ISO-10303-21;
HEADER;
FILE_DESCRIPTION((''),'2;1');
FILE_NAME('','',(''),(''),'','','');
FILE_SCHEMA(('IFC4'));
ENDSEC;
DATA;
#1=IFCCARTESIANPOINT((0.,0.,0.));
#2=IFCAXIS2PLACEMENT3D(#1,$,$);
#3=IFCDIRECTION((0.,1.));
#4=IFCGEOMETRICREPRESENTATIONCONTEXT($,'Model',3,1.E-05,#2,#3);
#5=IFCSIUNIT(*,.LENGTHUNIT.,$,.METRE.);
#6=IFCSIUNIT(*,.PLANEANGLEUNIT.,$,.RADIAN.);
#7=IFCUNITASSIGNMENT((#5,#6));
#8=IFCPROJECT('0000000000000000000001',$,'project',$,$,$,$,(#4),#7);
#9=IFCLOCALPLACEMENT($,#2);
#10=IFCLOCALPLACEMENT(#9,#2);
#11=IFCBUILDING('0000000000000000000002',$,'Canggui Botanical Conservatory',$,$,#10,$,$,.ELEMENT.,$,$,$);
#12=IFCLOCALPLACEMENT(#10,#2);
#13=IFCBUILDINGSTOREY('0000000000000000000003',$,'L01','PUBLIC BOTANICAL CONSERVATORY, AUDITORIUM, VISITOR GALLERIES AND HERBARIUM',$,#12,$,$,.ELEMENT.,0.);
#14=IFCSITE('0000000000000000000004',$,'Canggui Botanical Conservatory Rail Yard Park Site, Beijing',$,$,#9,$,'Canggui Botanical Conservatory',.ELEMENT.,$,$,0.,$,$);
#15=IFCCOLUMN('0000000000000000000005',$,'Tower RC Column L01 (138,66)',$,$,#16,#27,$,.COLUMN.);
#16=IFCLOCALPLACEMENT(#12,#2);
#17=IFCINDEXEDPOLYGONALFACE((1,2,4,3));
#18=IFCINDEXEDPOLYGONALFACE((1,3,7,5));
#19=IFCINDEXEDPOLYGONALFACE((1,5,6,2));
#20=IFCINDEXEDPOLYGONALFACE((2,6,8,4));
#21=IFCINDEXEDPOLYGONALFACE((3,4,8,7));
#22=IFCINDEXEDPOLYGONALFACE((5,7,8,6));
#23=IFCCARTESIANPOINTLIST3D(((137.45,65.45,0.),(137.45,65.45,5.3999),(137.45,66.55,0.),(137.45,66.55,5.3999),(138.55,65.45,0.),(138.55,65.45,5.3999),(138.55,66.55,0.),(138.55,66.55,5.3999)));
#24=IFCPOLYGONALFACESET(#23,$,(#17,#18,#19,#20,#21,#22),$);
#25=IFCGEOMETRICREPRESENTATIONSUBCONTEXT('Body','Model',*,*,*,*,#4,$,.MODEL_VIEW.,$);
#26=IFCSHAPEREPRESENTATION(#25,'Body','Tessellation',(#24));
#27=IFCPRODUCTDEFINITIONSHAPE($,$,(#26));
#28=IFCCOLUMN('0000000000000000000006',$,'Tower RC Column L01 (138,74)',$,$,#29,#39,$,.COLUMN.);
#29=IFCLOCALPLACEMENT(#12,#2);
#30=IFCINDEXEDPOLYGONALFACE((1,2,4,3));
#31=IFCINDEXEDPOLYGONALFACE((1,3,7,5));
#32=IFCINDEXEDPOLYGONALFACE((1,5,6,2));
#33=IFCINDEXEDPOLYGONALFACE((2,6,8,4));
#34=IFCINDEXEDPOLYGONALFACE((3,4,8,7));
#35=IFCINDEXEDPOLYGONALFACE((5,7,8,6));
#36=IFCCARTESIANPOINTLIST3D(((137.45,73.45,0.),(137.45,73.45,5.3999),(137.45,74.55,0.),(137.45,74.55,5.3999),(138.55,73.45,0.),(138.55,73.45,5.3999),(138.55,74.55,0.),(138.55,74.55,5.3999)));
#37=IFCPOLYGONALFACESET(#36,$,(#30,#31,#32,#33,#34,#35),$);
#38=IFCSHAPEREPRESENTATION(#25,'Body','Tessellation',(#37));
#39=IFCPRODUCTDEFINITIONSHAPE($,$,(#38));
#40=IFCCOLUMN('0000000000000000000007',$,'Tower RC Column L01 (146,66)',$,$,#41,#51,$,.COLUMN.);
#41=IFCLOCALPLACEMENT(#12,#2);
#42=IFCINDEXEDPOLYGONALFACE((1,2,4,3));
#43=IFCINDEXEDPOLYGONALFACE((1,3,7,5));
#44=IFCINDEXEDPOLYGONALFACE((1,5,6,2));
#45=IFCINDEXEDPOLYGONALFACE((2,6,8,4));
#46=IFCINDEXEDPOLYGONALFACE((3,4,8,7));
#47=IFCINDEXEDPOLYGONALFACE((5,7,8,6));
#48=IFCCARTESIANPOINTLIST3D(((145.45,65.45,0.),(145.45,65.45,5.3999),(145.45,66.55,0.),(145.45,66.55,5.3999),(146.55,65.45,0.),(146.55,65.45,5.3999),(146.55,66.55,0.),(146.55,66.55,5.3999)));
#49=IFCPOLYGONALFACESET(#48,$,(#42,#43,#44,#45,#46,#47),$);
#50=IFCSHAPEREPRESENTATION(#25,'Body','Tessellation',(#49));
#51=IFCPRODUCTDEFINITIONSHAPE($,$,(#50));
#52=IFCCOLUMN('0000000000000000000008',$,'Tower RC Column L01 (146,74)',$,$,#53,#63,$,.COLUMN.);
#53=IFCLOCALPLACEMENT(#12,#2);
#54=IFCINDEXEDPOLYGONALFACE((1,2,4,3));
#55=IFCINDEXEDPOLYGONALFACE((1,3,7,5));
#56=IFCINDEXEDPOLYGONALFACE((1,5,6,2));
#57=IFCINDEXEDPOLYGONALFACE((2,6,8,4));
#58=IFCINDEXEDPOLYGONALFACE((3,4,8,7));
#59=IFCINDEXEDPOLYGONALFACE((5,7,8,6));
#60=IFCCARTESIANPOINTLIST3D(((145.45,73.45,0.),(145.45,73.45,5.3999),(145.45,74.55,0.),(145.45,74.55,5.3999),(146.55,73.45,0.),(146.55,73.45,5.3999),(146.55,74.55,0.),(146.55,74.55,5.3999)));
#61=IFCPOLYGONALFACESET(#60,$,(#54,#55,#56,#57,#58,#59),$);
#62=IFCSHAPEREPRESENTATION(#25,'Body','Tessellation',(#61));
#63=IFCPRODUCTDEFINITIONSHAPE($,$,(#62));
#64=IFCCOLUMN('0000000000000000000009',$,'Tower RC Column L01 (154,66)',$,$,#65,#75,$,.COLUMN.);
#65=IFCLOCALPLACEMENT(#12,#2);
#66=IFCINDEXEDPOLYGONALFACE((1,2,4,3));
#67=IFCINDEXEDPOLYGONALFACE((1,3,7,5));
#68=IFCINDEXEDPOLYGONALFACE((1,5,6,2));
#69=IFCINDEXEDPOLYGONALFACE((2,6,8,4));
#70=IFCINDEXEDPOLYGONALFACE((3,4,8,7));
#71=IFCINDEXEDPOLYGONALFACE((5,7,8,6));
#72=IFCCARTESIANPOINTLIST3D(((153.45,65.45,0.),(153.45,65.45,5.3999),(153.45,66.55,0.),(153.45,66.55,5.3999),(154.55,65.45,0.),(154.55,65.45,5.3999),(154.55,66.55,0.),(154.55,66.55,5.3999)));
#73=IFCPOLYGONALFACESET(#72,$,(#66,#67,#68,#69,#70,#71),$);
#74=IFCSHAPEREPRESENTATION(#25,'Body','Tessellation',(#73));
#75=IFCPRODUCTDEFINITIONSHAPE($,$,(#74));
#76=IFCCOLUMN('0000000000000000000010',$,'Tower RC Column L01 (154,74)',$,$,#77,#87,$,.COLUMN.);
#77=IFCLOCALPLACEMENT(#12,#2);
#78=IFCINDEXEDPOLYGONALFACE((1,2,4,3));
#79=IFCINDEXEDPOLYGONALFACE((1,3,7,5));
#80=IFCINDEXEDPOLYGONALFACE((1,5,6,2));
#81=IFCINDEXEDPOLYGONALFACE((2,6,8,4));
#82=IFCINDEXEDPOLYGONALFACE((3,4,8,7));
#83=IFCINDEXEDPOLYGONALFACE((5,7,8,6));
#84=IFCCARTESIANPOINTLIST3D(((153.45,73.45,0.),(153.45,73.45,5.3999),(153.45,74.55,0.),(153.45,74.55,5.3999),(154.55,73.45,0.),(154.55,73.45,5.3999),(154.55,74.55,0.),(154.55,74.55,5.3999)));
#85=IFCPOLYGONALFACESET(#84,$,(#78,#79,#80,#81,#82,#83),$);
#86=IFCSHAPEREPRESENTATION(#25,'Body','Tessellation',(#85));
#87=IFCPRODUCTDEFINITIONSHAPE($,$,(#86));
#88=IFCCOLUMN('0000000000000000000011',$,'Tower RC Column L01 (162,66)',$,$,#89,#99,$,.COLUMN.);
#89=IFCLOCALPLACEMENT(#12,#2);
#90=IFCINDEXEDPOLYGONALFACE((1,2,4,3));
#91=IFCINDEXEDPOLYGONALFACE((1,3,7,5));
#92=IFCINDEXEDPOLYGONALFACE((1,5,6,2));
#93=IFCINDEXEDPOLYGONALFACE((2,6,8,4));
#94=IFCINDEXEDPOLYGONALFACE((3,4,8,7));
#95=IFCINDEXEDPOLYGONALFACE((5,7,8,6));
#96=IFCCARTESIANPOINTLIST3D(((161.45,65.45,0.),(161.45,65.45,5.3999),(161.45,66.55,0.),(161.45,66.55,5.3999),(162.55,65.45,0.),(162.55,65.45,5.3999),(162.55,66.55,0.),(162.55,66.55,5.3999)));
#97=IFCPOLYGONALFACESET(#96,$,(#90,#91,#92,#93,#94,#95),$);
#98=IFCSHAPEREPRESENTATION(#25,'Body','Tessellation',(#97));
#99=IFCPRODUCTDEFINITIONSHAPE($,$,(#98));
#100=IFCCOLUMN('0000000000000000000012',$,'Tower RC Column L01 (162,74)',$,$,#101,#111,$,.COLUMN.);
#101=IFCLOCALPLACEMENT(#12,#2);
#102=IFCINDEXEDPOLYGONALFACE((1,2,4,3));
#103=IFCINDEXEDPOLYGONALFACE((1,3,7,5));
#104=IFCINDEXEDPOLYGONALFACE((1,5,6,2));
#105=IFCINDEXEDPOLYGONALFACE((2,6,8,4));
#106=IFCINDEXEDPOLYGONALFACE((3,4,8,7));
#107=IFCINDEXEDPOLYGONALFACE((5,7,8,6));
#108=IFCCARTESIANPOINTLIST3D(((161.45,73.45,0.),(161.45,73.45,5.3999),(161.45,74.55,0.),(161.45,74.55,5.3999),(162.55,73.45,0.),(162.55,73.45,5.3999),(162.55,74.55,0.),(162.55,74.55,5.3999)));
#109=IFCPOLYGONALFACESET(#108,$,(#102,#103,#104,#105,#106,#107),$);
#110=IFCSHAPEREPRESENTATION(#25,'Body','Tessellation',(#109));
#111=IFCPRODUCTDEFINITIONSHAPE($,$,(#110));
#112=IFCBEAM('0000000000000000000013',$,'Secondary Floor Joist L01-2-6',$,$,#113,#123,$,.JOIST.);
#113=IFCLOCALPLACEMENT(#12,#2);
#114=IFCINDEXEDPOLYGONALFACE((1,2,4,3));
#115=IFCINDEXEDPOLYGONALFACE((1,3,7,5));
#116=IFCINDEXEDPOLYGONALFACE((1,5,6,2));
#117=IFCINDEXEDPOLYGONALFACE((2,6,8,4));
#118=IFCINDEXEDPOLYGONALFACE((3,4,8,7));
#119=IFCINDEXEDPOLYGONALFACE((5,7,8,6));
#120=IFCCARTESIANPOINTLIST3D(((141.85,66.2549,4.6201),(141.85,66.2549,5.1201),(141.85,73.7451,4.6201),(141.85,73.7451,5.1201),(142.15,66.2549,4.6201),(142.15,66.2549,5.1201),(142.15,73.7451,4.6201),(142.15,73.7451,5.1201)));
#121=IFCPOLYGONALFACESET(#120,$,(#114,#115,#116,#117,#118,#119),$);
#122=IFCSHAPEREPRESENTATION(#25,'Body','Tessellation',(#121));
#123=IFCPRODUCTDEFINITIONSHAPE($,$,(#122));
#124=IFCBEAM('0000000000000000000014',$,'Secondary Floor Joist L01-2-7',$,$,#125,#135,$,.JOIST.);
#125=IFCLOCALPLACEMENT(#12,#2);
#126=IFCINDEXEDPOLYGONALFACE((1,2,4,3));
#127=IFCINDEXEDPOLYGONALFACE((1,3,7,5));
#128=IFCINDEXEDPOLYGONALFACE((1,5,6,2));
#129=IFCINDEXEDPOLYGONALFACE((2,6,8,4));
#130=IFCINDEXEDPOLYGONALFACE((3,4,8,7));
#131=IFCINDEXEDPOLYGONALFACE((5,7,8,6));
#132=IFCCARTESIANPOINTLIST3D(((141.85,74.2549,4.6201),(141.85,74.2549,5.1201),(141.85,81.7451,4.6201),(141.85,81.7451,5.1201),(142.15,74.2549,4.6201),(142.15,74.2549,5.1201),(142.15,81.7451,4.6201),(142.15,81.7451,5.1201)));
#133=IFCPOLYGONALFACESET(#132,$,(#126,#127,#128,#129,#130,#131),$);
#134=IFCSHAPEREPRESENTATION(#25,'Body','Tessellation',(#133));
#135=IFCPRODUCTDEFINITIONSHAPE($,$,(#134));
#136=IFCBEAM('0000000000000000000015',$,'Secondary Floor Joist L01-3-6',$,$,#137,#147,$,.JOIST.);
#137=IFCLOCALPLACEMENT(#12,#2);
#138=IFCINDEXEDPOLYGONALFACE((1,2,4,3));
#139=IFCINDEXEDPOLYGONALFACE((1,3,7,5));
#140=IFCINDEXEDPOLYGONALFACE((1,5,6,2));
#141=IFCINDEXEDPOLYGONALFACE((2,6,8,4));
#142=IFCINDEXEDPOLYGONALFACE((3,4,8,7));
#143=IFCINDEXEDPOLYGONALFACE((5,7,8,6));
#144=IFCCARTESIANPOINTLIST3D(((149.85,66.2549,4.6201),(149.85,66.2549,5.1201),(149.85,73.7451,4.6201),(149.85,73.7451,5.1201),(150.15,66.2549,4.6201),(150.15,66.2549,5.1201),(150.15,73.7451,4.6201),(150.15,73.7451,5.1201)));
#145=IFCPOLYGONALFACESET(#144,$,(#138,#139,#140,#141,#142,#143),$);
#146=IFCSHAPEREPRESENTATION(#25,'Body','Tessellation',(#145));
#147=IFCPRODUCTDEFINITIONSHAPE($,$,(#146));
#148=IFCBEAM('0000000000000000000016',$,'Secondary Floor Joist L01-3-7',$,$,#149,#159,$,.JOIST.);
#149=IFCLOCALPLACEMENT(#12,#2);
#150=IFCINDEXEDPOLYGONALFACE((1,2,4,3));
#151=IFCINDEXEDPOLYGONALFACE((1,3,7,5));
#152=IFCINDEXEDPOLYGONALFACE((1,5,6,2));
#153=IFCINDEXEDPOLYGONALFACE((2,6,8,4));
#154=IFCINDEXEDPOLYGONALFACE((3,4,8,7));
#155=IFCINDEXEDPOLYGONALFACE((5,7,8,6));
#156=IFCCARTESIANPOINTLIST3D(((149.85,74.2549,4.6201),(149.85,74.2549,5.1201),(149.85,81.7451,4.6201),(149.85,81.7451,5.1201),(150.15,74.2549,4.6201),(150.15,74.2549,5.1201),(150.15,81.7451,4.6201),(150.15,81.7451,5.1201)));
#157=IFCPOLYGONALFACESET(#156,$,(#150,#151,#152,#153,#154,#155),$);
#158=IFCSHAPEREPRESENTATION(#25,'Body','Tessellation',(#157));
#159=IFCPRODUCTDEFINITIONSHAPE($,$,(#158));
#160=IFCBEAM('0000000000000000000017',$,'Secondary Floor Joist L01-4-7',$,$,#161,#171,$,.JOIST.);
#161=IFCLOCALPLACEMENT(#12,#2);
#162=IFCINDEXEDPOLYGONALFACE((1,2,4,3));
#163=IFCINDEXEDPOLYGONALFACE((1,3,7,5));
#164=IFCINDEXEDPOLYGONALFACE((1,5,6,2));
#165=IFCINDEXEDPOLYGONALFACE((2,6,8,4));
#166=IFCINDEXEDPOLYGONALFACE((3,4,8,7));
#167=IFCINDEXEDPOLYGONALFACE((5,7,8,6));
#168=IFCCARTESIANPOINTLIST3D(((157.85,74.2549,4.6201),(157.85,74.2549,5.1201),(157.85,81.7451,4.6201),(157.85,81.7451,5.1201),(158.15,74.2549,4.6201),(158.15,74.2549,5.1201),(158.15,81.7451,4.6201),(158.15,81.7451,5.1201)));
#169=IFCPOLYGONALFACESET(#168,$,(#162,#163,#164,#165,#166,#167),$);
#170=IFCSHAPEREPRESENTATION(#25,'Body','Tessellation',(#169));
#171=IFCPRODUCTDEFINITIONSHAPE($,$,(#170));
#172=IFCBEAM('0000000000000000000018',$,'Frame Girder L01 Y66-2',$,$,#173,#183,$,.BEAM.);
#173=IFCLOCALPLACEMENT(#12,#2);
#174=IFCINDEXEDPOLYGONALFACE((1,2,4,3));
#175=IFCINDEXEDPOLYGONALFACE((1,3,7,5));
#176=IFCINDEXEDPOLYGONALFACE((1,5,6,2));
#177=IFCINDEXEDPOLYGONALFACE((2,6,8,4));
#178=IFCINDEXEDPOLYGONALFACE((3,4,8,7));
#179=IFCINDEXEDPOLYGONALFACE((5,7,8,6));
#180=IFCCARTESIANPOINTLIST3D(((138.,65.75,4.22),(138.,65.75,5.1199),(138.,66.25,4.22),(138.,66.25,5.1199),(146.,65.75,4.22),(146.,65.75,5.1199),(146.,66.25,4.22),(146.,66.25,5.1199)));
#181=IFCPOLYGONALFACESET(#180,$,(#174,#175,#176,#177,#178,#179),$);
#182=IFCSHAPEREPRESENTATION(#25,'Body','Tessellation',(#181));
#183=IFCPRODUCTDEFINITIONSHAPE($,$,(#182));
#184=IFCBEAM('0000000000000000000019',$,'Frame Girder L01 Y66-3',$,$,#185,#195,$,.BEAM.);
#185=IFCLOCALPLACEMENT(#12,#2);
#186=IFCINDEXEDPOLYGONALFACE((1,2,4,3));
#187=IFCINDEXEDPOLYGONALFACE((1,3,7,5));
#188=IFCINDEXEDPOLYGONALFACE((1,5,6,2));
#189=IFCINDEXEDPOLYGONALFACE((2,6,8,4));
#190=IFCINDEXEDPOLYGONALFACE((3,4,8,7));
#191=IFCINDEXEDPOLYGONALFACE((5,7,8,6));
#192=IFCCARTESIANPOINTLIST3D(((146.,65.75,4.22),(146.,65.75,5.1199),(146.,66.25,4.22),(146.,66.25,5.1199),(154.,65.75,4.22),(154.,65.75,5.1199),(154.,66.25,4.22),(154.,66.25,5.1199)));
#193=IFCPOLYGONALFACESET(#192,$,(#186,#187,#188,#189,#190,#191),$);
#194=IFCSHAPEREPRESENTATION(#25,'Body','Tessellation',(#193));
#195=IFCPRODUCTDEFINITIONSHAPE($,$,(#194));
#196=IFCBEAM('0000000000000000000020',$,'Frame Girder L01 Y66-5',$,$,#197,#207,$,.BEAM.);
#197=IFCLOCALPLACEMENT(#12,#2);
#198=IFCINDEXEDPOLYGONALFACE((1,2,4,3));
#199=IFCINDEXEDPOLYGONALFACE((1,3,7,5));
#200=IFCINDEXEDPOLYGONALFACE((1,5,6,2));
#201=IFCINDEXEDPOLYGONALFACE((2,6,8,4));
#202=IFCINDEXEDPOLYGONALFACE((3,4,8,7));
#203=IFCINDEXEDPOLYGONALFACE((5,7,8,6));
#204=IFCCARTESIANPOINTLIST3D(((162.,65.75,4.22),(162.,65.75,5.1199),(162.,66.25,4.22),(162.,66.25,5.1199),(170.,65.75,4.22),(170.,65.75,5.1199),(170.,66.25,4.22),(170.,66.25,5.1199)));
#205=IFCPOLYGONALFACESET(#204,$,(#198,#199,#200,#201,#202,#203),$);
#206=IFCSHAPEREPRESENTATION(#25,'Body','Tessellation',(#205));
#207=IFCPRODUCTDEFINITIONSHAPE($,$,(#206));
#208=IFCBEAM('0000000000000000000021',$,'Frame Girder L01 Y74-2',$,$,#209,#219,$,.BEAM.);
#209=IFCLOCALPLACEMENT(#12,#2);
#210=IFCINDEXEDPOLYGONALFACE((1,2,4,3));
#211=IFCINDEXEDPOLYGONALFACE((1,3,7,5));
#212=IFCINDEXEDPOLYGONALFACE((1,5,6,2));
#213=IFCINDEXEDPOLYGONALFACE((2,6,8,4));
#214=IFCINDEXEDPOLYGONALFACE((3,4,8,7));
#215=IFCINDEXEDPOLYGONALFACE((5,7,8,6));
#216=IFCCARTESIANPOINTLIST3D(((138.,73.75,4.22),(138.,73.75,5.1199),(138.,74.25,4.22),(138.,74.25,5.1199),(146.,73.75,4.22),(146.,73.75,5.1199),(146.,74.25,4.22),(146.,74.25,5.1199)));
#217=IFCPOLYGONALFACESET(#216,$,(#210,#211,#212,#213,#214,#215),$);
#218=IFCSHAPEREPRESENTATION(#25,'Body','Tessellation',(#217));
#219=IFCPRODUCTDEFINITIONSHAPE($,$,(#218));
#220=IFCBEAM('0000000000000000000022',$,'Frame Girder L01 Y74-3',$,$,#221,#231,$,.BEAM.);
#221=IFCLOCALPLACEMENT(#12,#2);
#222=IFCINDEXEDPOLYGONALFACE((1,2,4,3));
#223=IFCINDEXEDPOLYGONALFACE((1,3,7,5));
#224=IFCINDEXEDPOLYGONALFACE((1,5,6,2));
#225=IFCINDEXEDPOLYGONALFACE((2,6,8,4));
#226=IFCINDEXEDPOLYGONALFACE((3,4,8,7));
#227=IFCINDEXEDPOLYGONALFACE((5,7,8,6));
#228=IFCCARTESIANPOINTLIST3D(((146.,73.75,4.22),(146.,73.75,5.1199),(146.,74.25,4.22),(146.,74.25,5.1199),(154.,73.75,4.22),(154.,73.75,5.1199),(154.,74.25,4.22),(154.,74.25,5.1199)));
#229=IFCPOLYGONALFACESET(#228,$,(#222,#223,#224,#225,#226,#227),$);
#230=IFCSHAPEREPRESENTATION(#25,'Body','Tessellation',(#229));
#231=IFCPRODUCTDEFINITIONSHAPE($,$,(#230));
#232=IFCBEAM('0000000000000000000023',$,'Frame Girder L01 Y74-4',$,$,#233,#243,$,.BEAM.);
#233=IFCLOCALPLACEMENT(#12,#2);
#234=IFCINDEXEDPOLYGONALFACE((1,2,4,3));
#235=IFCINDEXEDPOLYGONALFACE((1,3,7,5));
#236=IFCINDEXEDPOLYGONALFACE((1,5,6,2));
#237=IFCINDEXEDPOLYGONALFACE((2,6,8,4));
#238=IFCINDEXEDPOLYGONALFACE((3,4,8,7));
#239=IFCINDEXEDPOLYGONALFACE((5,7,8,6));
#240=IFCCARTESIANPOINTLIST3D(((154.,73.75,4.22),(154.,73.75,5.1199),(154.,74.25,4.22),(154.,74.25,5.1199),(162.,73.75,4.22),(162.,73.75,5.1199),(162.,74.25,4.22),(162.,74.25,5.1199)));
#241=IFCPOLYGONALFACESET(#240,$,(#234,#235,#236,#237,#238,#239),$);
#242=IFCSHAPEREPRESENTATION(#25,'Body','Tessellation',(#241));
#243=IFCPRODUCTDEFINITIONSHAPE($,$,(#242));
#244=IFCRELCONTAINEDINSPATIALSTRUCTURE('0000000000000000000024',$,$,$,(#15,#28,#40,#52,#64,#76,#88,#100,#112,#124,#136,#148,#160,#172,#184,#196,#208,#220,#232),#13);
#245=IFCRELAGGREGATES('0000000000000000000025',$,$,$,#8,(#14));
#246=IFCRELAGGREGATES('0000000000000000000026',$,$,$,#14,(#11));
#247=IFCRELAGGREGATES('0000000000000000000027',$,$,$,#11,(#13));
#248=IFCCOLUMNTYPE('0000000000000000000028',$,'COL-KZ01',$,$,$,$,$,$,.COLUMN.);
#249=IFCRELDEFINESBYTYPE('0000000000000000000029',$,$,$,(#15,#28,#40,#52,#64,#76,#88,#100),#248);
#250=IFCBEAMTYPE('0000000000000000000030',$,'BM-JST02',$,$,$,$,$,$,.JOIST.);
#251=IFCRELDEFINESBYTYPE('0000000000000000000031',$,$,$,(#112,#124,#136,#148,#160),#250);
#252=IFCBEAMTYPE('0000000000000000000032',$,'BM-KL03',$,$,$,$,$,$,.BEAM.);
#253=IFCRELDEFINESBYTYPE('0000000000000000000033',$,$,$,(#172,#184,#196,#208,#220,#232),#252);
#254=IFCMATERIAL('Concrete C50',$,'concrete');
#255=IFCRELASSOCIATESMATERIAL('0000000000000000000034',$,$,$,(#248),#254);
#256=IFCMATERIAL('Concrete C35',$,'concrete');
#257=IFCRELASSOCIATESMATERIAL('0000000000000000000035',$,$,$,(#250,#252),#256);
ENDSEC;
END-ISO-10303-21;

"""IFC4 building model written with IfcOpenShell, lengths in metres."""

from ifc_helpers import new_model, si_unit, direction, frame, origin, origin_2d, place, context, subcontext, project, spatial, rectangle, extrude, material, material_profile, profile_set, type_object, element, save


model = new_model("IFC4")

# Units and contexts
model_context = context("Model", 3, precision=1e-05, world=origin(), true_north=direction((0.0, 1.0)))
body_context = subcontext(model_context, "Body", "Model", "MODEL_VIEW")
ifc_project = project(units=[si_unit("LENGTHUNIT", "METRE"), si_unit("PLANEANGLEUNIT", "RADIAN")], contexts=[model_context])

# Site, building, storey
site_placement = place(None, origin())
site = spatial("IfcSite", under=ifc_project, at=site_placement, Name="Canggui Botanical Conservatory Rail Yard Park Site, Beijing", LongName="Canggui Botanical Conservatory", CompositionType="ELEMENT", RefElevation=0.0)
building_placement = place(site_placement, origin())
building = spatial("IfcBuilding", under=site, at=building_placement, Name="Canggui Botanical Conservatory", CompositionType="ELEMENT")
storey_placement = place(building_placement, origin())
storey = spatial("IfcBuildingStorey", under=building, at=storey_placement, Name="L01", Description="PUBLIC BOTANICAL CONSERVATORY, AUDITORIUM, VISITOR GALLERIES AND HERBARIUM", CompositionType="ELEMENT", Elevation=0.0)

# Columns
ifc_material_1 = material(Name="Concrete C50", Category="concrete")
ifc_material_profile_1 = material_profile(ifc_material_1, rectangle(XDim=1.1001, YDim=1.1001, at=origin_2d()), Name="RC 1100x1100")
ifc_profile_set_1 = profile_set([ifc_material_profile_1], Name="Concrete C50")
column_type = type_object("IfcColumnType", Name="COL-KZ01", PredefinedType="COLUMN", material=ifc_profile_set_1)
for number, where, z_axis, x_axis, name in (
    (1, (138.0, 66.0, 0.0), (0.0, 0.0, 1.0), (1.0, 0.0, 0.0), "Tower RC Column L01 (138,66)"),
    (2, (138.0, 74.0, 0.0), (0.0, 0.0, 1.0), (1.0, 0.0, 0.0), "Tower RC Column L01 (138,74)"),
    (3, (146.0, 66.0, 0.0), (0.0, 0.0, 1.0), (1.0, 0.0, 0.0), "Tower RC Column L01 (146,66)"),
    (4, (146.0, 74.0, 0.0), (0.0, 0.0, 1.0), (1.0, 0.0, 0.0), "Tower RC Column L01 (146,74)"),
    (5, (154.0, 66.0, 0.0), (0.0, 0.0, 1.0), (1.0, 0.0, 0.0), "Tower RC Column L01 (154,66)"),
    (6, (154.0, 74.0, 0.0), (0.0, 0.0, 1.0), (1.0, 0.0, 0.0), "Tower RC Column L01 (154,74)"),
    (7, (162.0, 66.0, 0.0), (0.0, 0.0, 1.0), (1.0, 0.0, 0.0), "Tower RC Column L01 (162,66)"),
    (8, (162.0, 74.0, 0.0), (0.0, 0.0, 1.0), (1.0, 0.0, 0.0), "Tower RC Column L01 (162,74)"),
):
    element("IfcColumn", number, at=place(storey_placement, frame(where, z_axis=z_axis, x_axis=x_axis)), inside=storey, type_object=column_type, Name=name, PredefinedType="COLUMN", context=body_context, shape_type="SweptSolid", body=[
        extrude(rectangle(XDim=1.1001, YDim=1.1001, at=origin_2d()), origin(), (0.0, 0.0, 1.0), 5.3999),
    ])

# Beams
ifc_material_2 = material(Name="Concrete C35", Category="concrete")
ifc_material_profile_2 = material_profile(ifc_material_2, rectangle(XDim=0.3, YDim=0.5, at=origin_2d()), Name="RB 300x500")
ifc_profile_set_2 = profile_set([ifc_material_profile_2], Name="Concrete C35")
beam_type_1 = type_object("IfcBeamType", Name="BM-JST02", PredefinedType="JOIST", material=ifc_profile_set_2)
for number, where, z_axis, x_axis, name in (
    (9, (142.0, 66.2549, 4.8701), (0.0, 1.0, 0.0), (-1.0, 0.0, 0.0), "Secondary Floor Joist L01-2-6"),
    (10, (142.0, 74.2549, 4.8701), (0.0, 1.0, 0.0), (-1.0, 0.0, 0.0), "Secondary Floor Joist L01-2-7"),
    (11, (150.0, 66.2549, 4.8701), (0.0, 1.0, 0.0), (-1.0, 0.0, 0.0), "Secondary Floor Joist L01-3-6"),
    (12, (150.0, 74.2549, 4.8701), (0.0, 1.0, 0.0), (-1.0, 0.0, 0.0), "Secondary Floor Joist L01-3-7"),
    (13, (158.0, 74.2549, 4.8701), (0.0, 1.0, 0.0), (-1.0, 0.0, 0.0), "Secondary Floor Joist L01-4-7"),
):
    element("IfcBeam", number, at=place(storey_placement, frame(where, z_axis=z_axis, x_axis=x_axis)), inside=storey, type_object=beam_type_1, Name=name, PredefinedType="JOIST", context=body_context, shape_type="SweptSolid", body=[
        extrude(rectangle(XDim=0.3, YDim=0.5, at=origin_2d()), origin(), (0.0, 0.0, 1.0), 7.4902),
    ])
ifc_material_profile_3 = material_profile(ifc_material_2, rectangle(XDim=0.5, YDim=0.8999, at=origin_2d()), Name="RB 500x900")
ifc_profile_set_3 = profile_set([ifc_material_profile_3], Name="Concrete C35")
beam_type_2 = type_object("IfcBeamType", Name="BM-KL03", PredefinedType="BEAM", material=ifc_profile_set_3)
for number, where, z_axis, x_axis, name in (
    (14, (138.0, 66.0, 4.6699), (1.0, 0.0, 0.0), (0.0, 1.0, 0.0), "Frame Girder L01 Y66-2"),
    (15, (146.0, 66.0, 4.6699), (1.0, 0.0, 0.0), (0.0, 1.0, 0.0), "Frame Girder L01 Y66-3"),
    (16, (162.0, 66.0, 4.6699), (1.0, 0.0, 0.0), (0.0, 1.0, 0.0), "Frame Girder L01 Y66-5"),
    (17, (138.0, 74.0, 4.6699), (1.0, 0.0, 0.0), (0.0, 1.0, 0.0), "Frame Girder L01 Y74-2"),
    (18, (146.0, 74.0, 4.6699), (1.0, 0.0, 0.0), (0.0, 1.0, 0.0), "Frame Girder L01 Y74-3"),
    (19, (154.0, 74.0, 4.6699), (1.0, 0.0, 0.0), (0.0, 1.0, 0.0), "Frame Girder L01 Y74-4"),
):
    element("IfcBeam", number, at=place(storey_placement, frame(where, z_axis=z_axis, x_axis=x_axis)), inside=storey, type_object=beam_type_2, Name=name, PredefinedType="BEAM", context=body_context, shape_type="SweptSolid", body=[
        extrude(rectangle(XDim=0.5, YDim=0.8999, at=origin_2d()), origin(), (0.0, 0.0, 1.0), 8.0),
    ])

save(model, "model.ifc")
